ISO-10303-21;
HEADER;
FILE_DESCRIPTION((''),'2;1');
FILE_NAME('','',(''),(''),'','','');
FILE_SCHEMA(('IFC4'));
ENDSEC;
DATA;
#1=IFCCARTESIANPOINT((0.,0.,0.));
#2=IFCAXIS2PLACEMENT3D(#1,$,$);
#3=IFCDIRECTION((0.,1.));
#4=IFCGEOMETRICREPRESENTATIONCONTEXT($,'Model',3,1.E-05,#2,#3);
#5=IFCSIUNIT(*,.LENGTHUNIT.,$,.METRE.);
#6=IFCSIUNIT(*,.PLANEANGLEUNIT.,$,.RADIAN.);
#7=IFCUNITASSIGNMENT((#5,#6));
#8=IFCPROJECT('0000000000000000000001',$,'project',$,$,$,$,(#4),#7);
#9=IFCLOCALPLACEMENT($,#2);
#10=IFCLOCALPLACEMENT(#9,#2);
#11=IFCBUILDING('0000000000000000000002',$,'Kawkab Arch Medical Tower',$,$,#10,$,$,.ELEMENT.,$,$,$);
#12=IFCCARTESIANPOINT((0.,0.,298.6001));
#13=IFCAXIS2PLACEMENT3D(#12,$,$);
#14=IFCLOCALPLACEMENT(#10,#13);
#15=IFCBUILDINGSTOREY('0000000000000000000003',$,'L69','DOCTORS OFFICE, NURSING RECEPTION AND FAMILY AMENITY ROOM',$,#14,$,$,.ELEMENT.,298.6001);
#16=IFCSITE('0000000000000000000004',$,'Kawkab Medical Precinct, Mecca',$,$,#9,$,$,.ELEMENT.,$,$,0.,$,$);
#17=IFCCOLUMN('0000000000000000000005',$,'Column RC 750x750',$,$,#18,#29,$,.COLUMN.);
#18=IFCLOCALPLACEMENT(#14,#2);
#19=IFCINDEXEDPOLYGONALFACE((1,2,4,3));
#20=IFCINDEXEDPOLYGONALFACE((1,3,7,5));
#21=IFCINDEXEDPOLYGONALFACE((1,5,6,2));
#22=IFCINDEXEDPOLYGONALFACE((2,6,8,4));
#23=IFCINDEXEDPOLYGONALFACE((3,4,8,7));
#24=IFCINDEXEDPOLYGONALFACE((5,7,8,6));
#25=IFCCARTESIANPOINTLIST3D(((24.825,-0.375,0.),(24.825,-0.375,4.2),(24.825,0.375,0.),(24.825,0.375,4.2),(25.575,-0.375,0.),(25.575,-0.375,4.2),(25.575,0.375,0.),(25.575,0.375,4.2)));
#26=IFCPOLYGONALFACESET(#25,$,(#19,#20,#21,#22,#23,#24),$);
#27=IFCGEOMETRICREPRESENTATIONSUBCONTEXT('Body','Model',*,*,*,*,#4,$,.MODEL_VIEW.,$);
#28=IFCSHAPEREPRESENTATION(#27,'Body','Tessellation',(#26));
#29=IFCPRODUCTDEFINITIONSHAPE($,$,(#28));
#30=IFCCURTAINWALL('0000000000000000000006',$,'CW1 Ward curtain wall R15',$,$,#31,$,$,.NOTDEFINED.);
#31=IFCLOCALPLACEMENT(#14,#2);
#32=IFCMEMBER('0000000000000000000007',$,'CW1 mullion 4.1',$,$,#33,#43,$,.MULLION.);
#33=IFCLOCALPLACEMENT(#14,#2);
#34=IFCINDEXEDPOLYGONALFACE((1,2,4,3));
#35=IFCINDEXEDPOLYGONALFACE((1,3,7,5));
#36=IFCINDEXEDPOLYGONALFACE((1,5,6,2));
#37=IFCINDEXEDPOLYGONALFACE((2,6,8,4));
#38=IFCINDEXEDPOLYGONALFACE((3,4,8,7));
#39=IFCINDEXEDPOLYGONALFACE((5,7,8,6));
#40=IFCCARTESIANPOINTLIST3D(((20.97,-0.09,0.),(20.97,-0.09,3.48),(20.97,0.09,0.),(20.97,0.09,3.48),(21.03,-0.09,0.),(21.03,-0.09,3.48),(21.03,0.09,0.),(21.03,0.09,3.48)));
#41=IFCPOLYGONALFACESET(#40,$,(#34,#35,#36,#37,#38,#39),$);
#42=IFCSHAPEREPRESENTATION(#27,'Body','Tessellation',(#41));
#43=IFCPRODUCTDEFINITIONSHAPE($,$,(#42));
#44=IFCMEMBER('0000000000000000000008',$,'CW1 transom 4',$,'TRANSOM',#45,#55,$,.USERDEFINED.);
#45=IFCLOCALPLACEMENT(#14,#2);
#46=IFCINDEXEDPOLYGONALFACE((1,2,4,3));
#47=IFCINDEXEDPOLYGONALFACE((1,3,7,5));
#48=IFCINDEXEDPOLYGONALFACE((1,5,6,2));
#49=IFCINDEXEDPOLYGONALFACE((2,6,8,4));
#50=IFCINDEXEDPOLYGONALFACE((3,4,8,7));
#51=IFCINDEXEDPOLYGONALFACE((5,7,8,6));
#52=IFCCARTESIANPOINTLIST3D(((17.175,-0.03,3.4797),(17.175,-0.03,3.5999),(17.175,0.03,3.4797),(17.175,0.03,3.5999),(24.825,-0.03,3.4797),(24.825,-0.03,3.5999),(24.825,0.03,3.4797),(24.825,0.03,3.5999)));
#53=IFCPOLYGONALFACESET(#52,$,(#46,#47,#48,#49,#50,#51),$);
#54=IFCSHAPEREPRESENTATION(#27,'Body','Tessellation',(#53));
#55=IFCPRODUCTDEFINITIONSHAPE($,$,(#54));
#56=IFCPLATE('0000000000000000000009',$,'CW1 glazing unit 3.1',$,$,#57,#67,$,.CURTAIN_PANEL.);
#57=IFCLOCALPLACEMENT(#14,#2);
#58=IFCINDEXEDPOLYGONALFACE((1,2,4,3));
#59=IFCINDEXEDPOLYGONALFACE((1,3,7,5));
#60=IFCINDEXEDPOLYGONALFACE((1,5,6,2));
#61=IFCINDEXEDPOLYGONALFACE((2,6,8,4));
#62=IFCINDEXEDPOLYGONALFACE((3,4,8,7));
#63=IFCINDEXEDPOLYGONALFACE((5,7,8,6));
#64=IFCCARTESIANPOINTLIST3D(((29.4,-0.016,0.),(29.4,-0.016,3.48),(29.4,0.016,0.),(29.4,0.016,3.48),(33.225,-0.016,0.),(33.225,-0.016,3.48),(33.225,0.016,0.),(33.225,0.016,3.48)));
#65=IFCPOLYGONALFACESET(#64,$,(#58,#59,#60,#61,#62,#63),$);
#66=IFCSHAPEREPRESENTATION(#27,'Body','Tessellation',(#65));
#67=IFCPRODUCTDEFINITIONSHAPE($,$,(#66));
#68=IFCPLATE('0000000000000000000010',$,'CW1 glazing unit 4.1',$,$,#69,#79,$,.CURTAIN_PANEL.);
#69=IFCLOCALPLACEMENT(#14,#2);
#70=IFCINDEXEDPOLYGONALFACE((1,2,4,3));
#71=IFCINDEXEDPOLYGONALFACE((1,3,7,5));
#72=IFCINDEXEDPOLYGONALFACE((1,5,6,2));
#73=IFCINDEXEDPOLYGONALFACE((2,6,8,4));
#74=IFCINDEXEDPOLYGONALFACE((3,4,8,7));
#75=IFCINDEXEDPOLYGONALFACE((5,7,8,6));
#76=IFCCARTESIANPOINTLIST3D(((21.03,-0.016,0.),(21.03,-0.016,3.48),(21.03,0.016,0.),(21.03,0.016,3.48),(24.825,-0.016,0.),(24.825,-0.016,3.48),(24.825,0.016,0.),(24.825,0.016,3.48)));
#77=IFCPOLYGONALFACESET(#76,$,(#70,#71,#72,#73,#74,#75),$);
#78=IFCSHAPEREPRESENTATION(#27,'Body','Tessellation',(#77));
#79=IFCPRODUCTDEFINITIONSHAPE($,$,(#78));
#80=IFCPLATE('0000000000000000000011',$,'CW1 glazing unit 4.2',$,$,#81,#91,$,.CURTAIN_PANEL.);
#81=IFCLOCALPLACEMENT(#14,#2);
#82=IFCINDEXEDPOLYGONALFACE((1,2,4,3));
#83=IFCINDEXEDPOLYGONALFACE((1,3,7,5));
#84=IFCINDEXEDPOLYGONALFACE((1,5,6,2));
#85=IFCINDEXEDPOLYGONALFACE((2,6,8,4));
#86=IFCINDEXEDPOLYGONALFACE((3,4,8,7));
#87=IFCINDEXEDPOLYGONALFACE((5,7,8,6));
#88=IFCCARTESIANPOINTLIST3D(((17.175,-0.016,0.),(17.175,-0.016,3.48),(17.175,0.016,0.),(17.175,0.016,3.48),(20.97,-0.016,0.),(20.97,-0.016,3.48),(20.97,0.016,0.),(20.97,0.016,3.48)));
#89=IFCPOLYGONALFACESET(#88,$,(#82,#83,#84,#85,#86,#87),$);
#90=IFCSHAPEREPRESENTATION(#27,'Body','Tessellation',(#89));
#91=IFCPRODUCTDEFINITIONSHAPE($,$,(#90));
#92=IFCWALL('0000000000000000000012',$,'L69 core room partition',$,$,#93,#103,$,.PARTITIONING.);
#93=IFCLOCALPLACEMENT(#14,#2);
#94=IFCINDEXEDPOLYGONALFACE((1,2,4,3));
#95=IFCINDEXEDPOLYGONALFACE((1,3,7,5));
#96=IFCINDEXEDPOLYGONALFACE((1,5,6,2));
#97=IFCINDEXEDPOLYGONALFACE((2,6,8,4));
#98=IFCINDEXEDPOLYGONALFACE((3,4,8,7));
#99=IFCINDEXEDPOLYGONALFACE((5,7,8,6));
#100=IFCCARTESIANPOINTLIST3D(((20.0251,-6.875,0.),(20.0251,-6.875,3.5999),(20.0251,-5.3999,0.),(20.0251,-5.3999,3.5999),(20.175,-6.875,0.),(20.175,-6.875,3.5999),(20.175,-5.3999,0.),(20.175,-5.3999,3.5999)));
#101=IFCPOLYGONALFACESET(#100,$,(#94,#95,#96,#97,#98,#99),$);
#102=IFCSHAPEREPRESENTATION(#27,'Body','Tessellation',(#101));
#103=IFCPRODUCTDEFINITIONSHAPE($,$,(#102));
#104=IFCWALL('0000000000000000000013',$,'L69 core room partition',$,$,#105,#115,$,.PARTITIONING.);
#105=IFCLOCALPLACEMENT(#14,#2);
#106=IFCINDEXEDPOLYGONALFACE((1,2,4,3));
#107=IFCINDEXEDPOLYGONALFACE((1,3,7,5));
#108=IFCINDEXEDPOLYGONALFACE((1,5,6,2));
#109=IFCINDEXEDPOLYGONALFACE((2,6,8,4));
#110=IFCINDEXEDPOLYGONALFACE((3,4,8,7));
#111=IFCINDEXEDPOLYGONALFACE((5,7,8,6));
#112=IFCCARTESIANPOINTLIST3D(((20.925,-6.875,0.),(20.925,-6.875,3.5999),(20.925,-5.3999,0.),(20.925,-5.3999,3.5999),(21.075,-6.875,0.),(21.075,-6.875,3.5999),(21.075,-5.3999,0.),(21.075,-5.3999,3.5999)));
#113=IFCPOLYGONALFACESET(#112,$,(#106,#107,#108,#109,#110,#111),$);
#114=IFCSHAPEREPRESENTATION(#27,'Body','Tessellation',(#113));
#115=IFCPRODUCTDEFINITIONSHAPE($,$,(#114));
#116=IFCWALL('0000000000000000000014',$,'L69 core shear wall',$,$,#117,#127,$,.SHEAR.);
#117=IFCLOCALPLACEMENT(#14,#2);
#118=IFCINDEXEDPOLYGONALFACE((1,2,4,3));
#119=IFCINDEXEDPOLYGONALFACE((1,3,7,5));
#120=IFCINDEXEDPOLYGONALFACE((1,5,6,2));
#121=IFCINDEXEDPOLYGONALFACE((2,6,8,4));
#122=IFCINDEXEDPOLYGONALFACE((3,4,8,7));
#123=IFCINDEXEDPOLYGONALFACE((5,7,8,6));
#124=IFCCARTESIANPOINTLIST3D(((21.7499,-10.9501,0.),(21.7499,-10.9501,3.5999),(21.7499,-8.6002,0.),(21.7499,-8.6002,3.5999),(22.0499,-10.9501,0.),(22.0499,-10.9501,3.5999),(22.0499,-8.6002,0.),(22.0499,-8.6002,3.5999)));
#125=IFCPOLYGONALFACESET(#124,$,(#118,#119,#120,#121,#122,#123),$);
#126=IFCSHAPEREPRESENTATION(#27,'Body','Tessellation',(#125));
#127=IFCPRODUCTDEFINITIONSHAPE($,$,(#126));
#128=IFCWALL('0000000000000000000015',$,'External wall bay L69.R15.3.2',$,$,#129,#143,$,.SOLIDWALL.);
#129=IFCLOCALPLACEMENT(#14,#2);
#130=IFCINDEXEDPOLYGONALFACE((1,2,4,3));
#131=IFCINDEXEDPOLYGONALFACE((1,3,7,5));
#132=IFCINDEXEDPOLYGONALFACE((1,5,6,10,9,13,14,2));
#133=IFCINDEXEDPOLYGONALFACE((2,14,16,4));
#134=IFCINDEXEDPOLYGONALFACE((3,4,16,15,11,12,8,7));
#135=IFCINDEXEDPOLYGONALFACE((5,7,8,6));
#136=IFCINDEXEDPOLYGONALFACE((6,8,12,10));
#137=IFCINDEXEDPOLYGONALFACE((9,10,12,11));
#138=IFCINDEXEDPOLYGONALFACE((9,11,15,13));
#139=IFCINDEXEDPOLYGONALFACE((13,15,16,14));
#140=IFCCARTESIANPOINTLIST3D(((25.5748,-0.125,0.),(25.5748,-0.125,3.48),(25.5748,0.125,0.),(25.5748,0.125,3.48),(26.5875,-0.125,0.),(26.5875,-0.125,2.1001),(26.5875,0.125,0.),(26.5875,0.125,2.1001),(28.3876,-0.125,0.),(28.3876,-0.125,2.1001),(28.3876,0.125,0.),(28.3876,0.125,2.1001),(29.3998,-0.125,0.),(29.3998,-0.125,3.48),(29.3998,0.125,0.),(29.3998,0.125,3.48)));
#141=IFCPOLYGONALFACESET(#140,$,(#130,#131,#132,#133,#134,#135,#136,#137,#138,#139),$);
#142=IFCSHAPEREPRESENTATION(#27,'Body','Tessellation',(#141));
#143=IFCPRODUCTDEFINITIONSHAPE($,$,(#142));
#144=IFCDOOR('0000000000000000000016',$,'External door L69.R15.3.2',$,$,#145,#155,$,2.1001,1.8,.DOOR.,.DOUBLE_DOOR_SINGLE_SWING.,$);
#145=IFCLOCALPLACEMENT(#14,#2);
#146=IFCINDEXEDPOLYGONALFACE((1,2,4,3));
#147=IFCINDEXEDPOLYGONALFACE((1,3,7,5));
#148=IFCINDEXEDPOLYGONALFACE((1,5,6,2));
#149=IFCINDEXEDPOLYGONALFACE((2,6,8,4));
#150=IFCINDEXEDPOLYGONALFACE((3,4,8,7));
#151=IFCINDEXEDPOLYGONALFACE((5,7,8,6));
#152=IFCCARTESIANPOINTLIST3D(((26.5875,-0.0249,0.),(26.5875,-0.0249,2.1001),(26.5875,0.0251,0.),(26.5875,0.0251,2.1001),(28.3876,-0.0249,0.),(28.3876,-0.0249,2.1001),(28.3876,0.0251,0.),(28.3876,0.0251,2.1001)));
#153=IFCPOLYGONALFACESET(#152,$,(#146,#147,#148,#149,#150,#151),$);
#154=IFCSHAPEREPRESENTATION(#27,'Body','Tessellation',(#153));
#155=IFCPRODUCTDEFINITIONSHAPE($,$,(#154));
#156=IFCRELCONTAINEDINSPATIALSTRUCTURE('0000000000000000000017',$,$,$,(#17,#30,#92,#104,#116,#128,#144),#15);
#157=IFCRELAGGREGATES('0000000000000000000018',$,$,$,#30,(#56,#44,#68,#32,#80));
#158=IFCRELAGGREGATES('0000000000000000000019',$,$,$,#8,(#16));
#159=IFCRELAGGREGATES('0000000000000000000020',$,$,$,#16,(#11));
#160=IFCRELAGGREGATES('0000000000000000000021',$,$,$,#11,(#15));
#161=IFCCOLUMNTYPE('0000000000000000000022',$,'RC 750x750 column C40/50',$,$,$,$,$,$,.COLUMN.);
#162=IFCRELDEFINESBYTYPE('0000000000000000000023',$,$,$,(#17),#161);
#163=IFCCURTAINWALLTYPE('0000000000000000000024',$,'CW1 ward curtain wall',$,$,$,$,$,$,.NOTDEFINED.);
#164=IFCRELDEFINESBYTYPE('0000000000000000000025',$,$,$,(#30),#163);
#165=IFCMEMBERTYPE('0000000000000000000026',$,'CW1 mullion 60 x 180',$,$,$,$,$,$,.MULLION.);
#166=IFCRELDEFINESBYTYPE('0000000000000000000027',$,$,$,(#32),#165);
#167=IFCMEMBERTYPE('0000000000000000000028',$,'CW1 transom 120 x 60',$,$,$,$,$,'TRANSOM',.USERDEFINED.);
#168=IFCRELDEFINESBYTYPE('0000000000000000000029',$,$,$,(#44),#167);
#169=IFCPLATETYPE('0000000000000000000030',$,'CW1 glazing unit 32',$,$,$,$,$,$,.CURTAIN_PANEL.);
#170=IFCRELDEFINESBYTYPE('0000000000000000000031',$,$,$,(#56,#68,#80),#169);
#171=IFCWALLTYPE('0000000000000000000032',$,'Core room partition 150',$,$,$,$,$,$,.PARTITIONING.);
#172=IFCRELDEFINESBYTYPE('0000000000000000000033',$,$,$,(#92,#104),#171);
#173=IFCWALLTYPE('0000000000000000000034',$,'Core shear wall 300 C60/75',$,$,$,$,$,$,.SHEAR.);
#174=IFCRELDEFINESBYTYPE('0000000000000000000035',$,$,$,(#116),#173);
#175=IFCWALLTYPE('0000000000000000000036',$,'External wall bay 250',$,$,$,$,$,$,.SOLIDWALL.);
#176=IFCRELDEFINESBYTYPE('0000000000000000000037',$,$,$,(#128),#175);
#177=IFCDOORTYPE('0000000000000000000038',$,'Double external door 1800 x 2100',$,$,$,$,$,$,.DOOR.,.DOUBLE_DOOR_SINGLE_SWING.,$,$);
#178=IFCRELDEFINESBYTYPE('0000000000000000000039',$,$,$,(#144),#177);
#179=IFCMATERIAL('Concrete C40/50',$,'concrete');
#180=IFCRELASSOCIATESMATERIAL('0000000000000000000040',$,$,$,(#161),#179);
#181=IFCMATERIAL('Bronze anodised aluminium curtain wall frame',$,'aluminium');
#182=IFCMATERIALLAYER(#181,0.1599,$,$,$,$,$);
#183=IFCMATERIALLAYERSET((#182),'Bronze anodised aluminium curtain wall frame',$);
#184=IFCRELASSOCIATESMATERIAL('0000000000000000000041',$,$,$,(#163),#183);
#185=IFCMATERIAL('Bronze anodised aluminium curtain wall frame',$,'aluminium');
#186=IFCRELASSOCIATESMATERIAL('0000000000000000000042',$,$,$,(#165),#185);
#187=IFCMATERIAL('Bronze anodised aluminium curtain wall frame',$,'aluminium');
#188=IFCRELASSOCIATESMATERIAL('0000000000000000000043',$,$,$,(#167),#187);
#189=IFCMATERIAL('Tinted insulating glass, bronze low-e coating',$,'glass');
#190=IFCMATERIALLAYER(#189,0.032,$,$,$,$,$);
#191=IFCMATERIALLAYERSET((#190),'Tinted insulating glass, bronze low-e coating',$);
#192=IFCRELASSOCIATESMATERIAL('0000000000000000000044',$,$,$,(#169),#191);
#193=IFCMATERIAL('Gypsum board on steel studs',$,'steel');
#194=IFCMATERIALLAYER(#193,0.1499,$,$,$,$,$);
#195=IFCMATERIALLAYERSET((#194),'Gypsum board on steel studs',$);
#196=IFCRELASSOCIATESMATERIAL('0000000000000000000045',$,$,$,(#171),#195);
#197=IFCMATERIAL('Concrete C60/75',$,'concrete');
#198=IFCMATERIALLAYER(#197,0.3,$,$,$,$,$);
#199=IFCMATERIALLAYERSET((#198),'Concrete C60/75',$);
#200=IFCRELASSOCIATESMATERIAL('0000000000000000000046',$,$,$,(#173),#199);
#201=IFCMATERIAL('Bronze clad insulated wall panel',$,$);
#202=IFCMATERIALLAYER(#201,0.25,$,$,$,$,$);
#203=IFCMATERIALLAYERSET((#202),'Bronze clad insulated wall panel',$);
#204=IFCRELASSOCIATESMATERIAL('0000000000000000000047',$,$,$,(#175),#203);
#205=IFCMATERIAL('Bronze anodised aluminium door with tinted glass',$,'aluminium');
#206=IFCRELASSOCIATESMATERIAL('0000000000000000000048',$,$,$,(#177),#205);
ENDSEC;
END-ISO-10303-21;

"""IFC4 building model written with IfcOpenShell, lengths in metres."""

from ifc_helpers import new_model, si_unit, direction, frame, frame_2d, origin, origin_2d, place, context, subcontext, project, spatial, rectangle, extrude, material, layer, layer_set, material_profile, profile_set, type_object, element, fill, aggregate, save


model = new_model("IFC4")

# Units and contexts
model_context = context("Model", 3, precision=1e-05, world=origin(), true_north=direction((0.0, 1.0)))
body_context = subcontext(model_context, "Body", "Model", "MODEL_VIEW")
ifc_project = project(units=[si_unit("LENGTHUNIT", "METRE"), si_unit("PLANEANGLEUNIT", "RADIAN")], contexts=[model_context])

# Site, building, storey
site_placement = place(None, origin())
site = spatial("IfcSite", under=ifc_project, at=site_placement, Name="Kawkab Medical Precinct, Mecca", CompositionType="ELEMENT", RefElevation=0.0)
building_placement = place(site_placement, origin())
building = spatial("IfcBuilding", under=site, at=building_placement, Name="Kawkab Arch Medical Tower", CompositionType="ELEMENT")
storey_placement = place(building_placement, frame((0.0, 0.0, 298.6001)))
storey = spatial("IfcBuildingStorey", under=building, at=storey_placement, Name="L69", Description="DOCTORS OFFICE, NURSING RECEPTION AND FAMILY AMENITY ROOM", CompositionType="ELEMENT", Elevation=298.6001)

# Column
ifc_material_1 = material(Name="Concrete C40/50", Category="concrete")
ifc_material_profile_1 = material_profile(ifc_material_1, rectangle(XDim=0.75, YDim=0.75, at=origin_2d()), Name="RC 750x750")
ifc_profile_set_1 = profile_set([ifc_material_profile_1], Name="Concrete C40/50")
column_type = type_object("IfcColumnType", Name="RC 750x750 column C40/50", PredefinedType="COLUMN", material=ifc_profile_set_1)
column_placement = place(storey_placement, frame((25.2, 0.0, 0.0), z_axis=(0.0, 0.0, 1.0), x_axis=(1.0, 0.0, 0.0)))
element("IfcColumn", 1, at=column_placement, inside=storey, type_object=column_type, Name="Column RC 750x750", PredefinedType="COLUMN", context=body_context, shape_type="SweptSolid", body=[
    extrude(rectangle(XDim=0.75, YDim=0.75, at=origin_2d()), origin(), (0.0, 0.0, 1.0), 4.2),
])

# Curtain wall, members, plates
ifc_material_2 = material(Name="Bronze anodised aluminium curtain wall frame", Category="aluminium")
ifc_layer_1 = layer(ifc_material_2, 0.1599)
ifc_layer_set_1 = layer_set([ifc_layer_1], Name="Bronze anodised aluminium curtain wall frame")
curtain_wall_type = type_object("IfcCurtainWallType", Name="CW1 ward curtain wall", PredefinedType="NOTDEFINED", material=ifc_layer_set_1)
placement = place(storey_placement, origin())
curtain_wall = element("IfcCurtainWall", 2, at=placement, inside=storey, type_object=curtain_wall_type, Name="CW1 Ward curtain wall R15", PredefinedType="NOTDEFINED")
ifc_material_3 = material(Name="Bronze anodised aluminium curtain wall frame", Category="aluminium")
ifc_material_profile_2 = material_profile(ifc_material_3, rectangle(XDim=0.1799, YDim=0.0601, at=origin_2d()), Name="AL 60x180")
ifc_profile_set_2 = profile_set([ifc_material_profile_2], Name="Bronze anodised aluminium curtain wall frame")
member_type_1 = type_object("IfcMemberType", Name="CW1 mullion 60 x 180", PredefinedType="MULLION", material=ifc_profile_set_2)
member_1_placement = place(storey_placement, frame((21.0, 0.0, 0.0), z_axis=(0.0, 0.0, 1.0), x_axis=(0.0, -1.0, 0.0)))
member_1 = element("IfcMember", 3, at=member_1_placement, type_object=member_type_1, Name="CW1 mullion 4.1", PredefinedType="MULLION", context=body_context, shape_type="SweptSolid", body=[
    extrude(rectangle(XDim=0.1799, YDim=0.0601, at=origin_2d()), origin(), (0.0, 0.0, 1.0), 3.48),
])
ifc_material_4 = material(Name="Bronze anodised aluminium curtain wall frame", Category="aluminium")
ifc_material_profile_3 = material_profile(ifc_material_4, rectangle(XDim=0.0601, YDim=0.1201, at=origin_2d()), Name="AL 60x120")
ifc_profile_set_3 = profile_set([ifc_material_profile_3], Name="Bronze anodised aluminium curtain wall frame")
member_type_2 = type_object("IfcMemberType", Name="CW1 transom 120 x 60", ElementType="TRANSOM", PredefinedType="USERDEFINED", material=ifc_profile_set_3)
member_2_placement = place(storey_placement, frame((24.825, 0.0, 3.5398), z_axis=(-1.0, 0.0, 0.0), x_axis=(0.0, -1.0, 0.0)))
member_2 = element("IfcMember", 4, at=member_2_placement, type_object=member_type_2, Name="CW1 transom 4", ObjectType="TRANSOM", PredefinedType="USERDEFINED", context=body_context, shape_type="SweptSolid", body=[
    extrude(rectangle(XDim=0.0601, YDim=0.1201, at=origin_2d()), origin(), (0.0, 0.0, 1.0), 7.6499),
])
ifc_material_5 = material(Name="Tinted insulating glass, bronze low-e coating", Category="glass")
ifc_layer_2 = layer(ifc_material_5, 0.032)
ifc_layer_set_2 = layer_set([ifc_layer_2], Name="Tinted insulating glass, bronze low-e coating")
plate_type = type_object("IfcPlateType", Name="CW1 glazing unit 32", PredefinedType="CURTAIN_PANEL", material=ifc_layer_set_2)
plate_1_placement = place(storey_placement, frame((31.3125, 0.0, 0.0), z_axis=(0.0, 0.0, 1.0), x_axis=(-1.0, 0.0, 0.0)))
plate_1 = element("IfcPlate", 5, at=plate_1_placement, type_object=plate_type, Name="CW1 glazing unit 3.1", PredefinedType="CURTAIN_PANEL", context=body_context, shape_type="SweptSolid", body=[
    extrude(rectangle(XDim=3.825, YDim=0.032, at=origin_2d()), origin(), (0.0, 0.0, 1.0), 3.48),
])
plate_2_placement = place(storey_placement, frame((22.9275, 0.0, 0.0), z_axis=(0.0, 0.0, 1.0), x_axis=(-1.0, 0.0, 0.0)))
plate_2 = element("IfcPlate", 6, at=plate_2_placement, type_object=plate_type, Name="CW1 glazing unit 4.1", PredefinedType="CURTAIN_PANEL", context=body_context, shape_type="SweptSolid", body=[
    extrude(rectangle(XDim=3.7949, YDim=0.032, at=origin_2d()), origin(), (0.0, 0.0, 1.0), 3.48),
])
plate_3_placement = place(storey_placement, frame((19.0725, 0.0, 0.0), z_axis=(0.0, 0.0, 1.0), x_axis=(-1.0, 0.0, 0.0)))
plate_3 = element("IfcPlate", 7, at=plate_3_placement, type_object=plate_type, Name="CW1 glazing unit 4.2", PredefinedType="CURTAIN_PANEL", context=body_context, shape_type="SweptSolid", body=[
    extrude(rectangle(XDim=3.7949, YDim=0.032, at=origin_2d()), origin(), (0.0, 0.0, 1.0), 3.48),
])
aggregate(curtain_wall, [plate_1, member_2, plate_2, member_1, plate_3])

# Walls
ifc_material_6 = material(Name="Gypsum board on steel studs", Category="steel")
ifc_layer_3 = layer(ifc_material_6, 0.1499)
ifc_layer_set_3 = layer_set([ifc_layer_3], Name="Gypsum board on steel studs")
wall_type_1 = type_object("IfcWallType", Name="Core room partition 150", PredefinedType="PARTITIONING", material=ifc_layer_set_3)
for number, where, z_axis, x_axis, name in (
    (8, (20.1001, -6.875, 0.0), (0.0, 0.0, 1.0), (0.0, 1.0, 0.0), "L69 core room partition"),
    (9, (21.0, -6.875, 0.0), (0.0, 0.0, 1.0), (0.0, 1.0, 0.0), "L69 core room partition"),
):
    element("IfcWall", number, at=place(storey_placement, frame(where, z_axis=z_axis, x_axis=x_axis)), inside=storey, type_object=wall_type_1, Name=name, PredefinedType="PARTITIONING", context=body_context, shape_type="SweptSolid", body=[
        extrude(rectangle(XDim=1.4751, YDim=0.1499, at=frame_2d((0.7375, 0.0))), origin(), (0.0, 0.0, 1.0), 3.5999),
    ])
ifc_material_7 = material(Name="Concrete C60/75", Category="concrete")
ifc_layer_4 = layer(ifc_material_7, 0.3)
ifc_layer_set_4 = layer_set([ifc_layer_4], Name="Concrete C60/75")
wall_type_2 = type_object("IfcWallType", Name="Core shear wall 300 C60/75", PredefinedType="SHEAR", material=ifc_layer_set_4)
wall_1_placement = place(storey_placement, frame((21.8999, -10.95, 0.0), z_axis=(0.0, 0.0, 1.0), x_axis=(0.0, 1.0, 0.0)))
element("IfcWall", 10, at=wall_1_placement, inside=storey, type_object=wall_type_2, Name="L69 core shear wall", PredefinedType="SHEAR", context=body_context, shape_type="SweptSolid", body=[
    extrude(rectangle(XDim=2.3499, YDim=0.3, at=frame_2d((1.1748, 0.0))), origin(), (0.0, 0.0, 1.0), 3.5999),
])

# Wall, opening, door
ifc_material_8 = material(Name="Bronze clad insulated wall panel")
ifc_layer_5 = layer(ifc_material_8, 0.25)
ifc_layer_set_5 = layer_set([ifc_layer_5], Name="Bronze clad insulated wall panel")
wall_type_3 = type_object("IfcWallType", Name="External wall bay 250", PredefinedType="SOLIDWALL", material=ifc_layer_set_5)
wall_2_placement = place(storey_placement, frame((29.3999, 0.0, 0.0), z_axis=(0.0, 0.0, 1.0), x_axis=(-1.0, 0.0, 0.0)))
wall_2 = element("IfcWall", 11, at=wall_2_placement, inside=storey, type_object=wall_type_3, Name="External wall bay L69.R15.3.2", PredefinedType="SOLIDWALL", context=body_context, shape_type="SweptSolid", body=[
    extrude(rectangle(XDim=3.825, YDim=0.25, at=frame_2d((1.9126, 0.0))), origin(), (0.0, 0.0, 1.0), 3.48),
])
opening_1_placement = place(wall_2_placement, frame((1.0125, 0.0, 0.0)))
opening_1 = element("IfcOpeningElement", 12, at=opening_1_placement, cuts=wall_2, PredefinedType="OPENING", context=body_context, shape_type="SweptSolid", body=[
    extrude(rectangle(XDim=1.8, YDim=2.1001, at=frame_2d((0.8999, 1.05))), frame((0.0, 0.135, 0.0), z_axis=(0.0, -1.0, 0.0), x_axis=(1.0, 0.0, 0.0)), (0.0, 0.0, 1.0), 0.27),
])
ifc_material_9 = material(Name="Bronze anodised aluminium door with tinted glass", Category="aluminium")
door_type_1 = type_object("IfcDoorType", Name="Double external door 1800 x 2100", OperationType="DOUBLE_DOOR_SINGLE_SWING", PredefinedType="DOOR", material=ifc_material_9)
door_1_placement = place(opening_1_placement, origin())
door_1 = element("IfcDoor", 13, at=door_1_placement, inside=storey, type_object=door_type_1, Name="External door L69.R15.3.2", OperationType="DOUBLE_DOOR_SINGLE_SWING", OverallHeight=2.1001, OverallWidth=1.8, PredefinedType="DOOR", context=body_context, shape_type="SweptSolid", body=[
    extrude(rectangle(XDim=1.8, YDim=2.1001, at=frame_2d((0.8999, 1.05))), frame((0.0, 0.0249, 0.0), z_axis=(0.0, -1.0, 0.0), x_axis=(1.0, 0.0, 0.0)), (0.0, 0.0, 1.0), 0.05),
])
fill(opening_1, door_1)

save(model, "model.ifc")
